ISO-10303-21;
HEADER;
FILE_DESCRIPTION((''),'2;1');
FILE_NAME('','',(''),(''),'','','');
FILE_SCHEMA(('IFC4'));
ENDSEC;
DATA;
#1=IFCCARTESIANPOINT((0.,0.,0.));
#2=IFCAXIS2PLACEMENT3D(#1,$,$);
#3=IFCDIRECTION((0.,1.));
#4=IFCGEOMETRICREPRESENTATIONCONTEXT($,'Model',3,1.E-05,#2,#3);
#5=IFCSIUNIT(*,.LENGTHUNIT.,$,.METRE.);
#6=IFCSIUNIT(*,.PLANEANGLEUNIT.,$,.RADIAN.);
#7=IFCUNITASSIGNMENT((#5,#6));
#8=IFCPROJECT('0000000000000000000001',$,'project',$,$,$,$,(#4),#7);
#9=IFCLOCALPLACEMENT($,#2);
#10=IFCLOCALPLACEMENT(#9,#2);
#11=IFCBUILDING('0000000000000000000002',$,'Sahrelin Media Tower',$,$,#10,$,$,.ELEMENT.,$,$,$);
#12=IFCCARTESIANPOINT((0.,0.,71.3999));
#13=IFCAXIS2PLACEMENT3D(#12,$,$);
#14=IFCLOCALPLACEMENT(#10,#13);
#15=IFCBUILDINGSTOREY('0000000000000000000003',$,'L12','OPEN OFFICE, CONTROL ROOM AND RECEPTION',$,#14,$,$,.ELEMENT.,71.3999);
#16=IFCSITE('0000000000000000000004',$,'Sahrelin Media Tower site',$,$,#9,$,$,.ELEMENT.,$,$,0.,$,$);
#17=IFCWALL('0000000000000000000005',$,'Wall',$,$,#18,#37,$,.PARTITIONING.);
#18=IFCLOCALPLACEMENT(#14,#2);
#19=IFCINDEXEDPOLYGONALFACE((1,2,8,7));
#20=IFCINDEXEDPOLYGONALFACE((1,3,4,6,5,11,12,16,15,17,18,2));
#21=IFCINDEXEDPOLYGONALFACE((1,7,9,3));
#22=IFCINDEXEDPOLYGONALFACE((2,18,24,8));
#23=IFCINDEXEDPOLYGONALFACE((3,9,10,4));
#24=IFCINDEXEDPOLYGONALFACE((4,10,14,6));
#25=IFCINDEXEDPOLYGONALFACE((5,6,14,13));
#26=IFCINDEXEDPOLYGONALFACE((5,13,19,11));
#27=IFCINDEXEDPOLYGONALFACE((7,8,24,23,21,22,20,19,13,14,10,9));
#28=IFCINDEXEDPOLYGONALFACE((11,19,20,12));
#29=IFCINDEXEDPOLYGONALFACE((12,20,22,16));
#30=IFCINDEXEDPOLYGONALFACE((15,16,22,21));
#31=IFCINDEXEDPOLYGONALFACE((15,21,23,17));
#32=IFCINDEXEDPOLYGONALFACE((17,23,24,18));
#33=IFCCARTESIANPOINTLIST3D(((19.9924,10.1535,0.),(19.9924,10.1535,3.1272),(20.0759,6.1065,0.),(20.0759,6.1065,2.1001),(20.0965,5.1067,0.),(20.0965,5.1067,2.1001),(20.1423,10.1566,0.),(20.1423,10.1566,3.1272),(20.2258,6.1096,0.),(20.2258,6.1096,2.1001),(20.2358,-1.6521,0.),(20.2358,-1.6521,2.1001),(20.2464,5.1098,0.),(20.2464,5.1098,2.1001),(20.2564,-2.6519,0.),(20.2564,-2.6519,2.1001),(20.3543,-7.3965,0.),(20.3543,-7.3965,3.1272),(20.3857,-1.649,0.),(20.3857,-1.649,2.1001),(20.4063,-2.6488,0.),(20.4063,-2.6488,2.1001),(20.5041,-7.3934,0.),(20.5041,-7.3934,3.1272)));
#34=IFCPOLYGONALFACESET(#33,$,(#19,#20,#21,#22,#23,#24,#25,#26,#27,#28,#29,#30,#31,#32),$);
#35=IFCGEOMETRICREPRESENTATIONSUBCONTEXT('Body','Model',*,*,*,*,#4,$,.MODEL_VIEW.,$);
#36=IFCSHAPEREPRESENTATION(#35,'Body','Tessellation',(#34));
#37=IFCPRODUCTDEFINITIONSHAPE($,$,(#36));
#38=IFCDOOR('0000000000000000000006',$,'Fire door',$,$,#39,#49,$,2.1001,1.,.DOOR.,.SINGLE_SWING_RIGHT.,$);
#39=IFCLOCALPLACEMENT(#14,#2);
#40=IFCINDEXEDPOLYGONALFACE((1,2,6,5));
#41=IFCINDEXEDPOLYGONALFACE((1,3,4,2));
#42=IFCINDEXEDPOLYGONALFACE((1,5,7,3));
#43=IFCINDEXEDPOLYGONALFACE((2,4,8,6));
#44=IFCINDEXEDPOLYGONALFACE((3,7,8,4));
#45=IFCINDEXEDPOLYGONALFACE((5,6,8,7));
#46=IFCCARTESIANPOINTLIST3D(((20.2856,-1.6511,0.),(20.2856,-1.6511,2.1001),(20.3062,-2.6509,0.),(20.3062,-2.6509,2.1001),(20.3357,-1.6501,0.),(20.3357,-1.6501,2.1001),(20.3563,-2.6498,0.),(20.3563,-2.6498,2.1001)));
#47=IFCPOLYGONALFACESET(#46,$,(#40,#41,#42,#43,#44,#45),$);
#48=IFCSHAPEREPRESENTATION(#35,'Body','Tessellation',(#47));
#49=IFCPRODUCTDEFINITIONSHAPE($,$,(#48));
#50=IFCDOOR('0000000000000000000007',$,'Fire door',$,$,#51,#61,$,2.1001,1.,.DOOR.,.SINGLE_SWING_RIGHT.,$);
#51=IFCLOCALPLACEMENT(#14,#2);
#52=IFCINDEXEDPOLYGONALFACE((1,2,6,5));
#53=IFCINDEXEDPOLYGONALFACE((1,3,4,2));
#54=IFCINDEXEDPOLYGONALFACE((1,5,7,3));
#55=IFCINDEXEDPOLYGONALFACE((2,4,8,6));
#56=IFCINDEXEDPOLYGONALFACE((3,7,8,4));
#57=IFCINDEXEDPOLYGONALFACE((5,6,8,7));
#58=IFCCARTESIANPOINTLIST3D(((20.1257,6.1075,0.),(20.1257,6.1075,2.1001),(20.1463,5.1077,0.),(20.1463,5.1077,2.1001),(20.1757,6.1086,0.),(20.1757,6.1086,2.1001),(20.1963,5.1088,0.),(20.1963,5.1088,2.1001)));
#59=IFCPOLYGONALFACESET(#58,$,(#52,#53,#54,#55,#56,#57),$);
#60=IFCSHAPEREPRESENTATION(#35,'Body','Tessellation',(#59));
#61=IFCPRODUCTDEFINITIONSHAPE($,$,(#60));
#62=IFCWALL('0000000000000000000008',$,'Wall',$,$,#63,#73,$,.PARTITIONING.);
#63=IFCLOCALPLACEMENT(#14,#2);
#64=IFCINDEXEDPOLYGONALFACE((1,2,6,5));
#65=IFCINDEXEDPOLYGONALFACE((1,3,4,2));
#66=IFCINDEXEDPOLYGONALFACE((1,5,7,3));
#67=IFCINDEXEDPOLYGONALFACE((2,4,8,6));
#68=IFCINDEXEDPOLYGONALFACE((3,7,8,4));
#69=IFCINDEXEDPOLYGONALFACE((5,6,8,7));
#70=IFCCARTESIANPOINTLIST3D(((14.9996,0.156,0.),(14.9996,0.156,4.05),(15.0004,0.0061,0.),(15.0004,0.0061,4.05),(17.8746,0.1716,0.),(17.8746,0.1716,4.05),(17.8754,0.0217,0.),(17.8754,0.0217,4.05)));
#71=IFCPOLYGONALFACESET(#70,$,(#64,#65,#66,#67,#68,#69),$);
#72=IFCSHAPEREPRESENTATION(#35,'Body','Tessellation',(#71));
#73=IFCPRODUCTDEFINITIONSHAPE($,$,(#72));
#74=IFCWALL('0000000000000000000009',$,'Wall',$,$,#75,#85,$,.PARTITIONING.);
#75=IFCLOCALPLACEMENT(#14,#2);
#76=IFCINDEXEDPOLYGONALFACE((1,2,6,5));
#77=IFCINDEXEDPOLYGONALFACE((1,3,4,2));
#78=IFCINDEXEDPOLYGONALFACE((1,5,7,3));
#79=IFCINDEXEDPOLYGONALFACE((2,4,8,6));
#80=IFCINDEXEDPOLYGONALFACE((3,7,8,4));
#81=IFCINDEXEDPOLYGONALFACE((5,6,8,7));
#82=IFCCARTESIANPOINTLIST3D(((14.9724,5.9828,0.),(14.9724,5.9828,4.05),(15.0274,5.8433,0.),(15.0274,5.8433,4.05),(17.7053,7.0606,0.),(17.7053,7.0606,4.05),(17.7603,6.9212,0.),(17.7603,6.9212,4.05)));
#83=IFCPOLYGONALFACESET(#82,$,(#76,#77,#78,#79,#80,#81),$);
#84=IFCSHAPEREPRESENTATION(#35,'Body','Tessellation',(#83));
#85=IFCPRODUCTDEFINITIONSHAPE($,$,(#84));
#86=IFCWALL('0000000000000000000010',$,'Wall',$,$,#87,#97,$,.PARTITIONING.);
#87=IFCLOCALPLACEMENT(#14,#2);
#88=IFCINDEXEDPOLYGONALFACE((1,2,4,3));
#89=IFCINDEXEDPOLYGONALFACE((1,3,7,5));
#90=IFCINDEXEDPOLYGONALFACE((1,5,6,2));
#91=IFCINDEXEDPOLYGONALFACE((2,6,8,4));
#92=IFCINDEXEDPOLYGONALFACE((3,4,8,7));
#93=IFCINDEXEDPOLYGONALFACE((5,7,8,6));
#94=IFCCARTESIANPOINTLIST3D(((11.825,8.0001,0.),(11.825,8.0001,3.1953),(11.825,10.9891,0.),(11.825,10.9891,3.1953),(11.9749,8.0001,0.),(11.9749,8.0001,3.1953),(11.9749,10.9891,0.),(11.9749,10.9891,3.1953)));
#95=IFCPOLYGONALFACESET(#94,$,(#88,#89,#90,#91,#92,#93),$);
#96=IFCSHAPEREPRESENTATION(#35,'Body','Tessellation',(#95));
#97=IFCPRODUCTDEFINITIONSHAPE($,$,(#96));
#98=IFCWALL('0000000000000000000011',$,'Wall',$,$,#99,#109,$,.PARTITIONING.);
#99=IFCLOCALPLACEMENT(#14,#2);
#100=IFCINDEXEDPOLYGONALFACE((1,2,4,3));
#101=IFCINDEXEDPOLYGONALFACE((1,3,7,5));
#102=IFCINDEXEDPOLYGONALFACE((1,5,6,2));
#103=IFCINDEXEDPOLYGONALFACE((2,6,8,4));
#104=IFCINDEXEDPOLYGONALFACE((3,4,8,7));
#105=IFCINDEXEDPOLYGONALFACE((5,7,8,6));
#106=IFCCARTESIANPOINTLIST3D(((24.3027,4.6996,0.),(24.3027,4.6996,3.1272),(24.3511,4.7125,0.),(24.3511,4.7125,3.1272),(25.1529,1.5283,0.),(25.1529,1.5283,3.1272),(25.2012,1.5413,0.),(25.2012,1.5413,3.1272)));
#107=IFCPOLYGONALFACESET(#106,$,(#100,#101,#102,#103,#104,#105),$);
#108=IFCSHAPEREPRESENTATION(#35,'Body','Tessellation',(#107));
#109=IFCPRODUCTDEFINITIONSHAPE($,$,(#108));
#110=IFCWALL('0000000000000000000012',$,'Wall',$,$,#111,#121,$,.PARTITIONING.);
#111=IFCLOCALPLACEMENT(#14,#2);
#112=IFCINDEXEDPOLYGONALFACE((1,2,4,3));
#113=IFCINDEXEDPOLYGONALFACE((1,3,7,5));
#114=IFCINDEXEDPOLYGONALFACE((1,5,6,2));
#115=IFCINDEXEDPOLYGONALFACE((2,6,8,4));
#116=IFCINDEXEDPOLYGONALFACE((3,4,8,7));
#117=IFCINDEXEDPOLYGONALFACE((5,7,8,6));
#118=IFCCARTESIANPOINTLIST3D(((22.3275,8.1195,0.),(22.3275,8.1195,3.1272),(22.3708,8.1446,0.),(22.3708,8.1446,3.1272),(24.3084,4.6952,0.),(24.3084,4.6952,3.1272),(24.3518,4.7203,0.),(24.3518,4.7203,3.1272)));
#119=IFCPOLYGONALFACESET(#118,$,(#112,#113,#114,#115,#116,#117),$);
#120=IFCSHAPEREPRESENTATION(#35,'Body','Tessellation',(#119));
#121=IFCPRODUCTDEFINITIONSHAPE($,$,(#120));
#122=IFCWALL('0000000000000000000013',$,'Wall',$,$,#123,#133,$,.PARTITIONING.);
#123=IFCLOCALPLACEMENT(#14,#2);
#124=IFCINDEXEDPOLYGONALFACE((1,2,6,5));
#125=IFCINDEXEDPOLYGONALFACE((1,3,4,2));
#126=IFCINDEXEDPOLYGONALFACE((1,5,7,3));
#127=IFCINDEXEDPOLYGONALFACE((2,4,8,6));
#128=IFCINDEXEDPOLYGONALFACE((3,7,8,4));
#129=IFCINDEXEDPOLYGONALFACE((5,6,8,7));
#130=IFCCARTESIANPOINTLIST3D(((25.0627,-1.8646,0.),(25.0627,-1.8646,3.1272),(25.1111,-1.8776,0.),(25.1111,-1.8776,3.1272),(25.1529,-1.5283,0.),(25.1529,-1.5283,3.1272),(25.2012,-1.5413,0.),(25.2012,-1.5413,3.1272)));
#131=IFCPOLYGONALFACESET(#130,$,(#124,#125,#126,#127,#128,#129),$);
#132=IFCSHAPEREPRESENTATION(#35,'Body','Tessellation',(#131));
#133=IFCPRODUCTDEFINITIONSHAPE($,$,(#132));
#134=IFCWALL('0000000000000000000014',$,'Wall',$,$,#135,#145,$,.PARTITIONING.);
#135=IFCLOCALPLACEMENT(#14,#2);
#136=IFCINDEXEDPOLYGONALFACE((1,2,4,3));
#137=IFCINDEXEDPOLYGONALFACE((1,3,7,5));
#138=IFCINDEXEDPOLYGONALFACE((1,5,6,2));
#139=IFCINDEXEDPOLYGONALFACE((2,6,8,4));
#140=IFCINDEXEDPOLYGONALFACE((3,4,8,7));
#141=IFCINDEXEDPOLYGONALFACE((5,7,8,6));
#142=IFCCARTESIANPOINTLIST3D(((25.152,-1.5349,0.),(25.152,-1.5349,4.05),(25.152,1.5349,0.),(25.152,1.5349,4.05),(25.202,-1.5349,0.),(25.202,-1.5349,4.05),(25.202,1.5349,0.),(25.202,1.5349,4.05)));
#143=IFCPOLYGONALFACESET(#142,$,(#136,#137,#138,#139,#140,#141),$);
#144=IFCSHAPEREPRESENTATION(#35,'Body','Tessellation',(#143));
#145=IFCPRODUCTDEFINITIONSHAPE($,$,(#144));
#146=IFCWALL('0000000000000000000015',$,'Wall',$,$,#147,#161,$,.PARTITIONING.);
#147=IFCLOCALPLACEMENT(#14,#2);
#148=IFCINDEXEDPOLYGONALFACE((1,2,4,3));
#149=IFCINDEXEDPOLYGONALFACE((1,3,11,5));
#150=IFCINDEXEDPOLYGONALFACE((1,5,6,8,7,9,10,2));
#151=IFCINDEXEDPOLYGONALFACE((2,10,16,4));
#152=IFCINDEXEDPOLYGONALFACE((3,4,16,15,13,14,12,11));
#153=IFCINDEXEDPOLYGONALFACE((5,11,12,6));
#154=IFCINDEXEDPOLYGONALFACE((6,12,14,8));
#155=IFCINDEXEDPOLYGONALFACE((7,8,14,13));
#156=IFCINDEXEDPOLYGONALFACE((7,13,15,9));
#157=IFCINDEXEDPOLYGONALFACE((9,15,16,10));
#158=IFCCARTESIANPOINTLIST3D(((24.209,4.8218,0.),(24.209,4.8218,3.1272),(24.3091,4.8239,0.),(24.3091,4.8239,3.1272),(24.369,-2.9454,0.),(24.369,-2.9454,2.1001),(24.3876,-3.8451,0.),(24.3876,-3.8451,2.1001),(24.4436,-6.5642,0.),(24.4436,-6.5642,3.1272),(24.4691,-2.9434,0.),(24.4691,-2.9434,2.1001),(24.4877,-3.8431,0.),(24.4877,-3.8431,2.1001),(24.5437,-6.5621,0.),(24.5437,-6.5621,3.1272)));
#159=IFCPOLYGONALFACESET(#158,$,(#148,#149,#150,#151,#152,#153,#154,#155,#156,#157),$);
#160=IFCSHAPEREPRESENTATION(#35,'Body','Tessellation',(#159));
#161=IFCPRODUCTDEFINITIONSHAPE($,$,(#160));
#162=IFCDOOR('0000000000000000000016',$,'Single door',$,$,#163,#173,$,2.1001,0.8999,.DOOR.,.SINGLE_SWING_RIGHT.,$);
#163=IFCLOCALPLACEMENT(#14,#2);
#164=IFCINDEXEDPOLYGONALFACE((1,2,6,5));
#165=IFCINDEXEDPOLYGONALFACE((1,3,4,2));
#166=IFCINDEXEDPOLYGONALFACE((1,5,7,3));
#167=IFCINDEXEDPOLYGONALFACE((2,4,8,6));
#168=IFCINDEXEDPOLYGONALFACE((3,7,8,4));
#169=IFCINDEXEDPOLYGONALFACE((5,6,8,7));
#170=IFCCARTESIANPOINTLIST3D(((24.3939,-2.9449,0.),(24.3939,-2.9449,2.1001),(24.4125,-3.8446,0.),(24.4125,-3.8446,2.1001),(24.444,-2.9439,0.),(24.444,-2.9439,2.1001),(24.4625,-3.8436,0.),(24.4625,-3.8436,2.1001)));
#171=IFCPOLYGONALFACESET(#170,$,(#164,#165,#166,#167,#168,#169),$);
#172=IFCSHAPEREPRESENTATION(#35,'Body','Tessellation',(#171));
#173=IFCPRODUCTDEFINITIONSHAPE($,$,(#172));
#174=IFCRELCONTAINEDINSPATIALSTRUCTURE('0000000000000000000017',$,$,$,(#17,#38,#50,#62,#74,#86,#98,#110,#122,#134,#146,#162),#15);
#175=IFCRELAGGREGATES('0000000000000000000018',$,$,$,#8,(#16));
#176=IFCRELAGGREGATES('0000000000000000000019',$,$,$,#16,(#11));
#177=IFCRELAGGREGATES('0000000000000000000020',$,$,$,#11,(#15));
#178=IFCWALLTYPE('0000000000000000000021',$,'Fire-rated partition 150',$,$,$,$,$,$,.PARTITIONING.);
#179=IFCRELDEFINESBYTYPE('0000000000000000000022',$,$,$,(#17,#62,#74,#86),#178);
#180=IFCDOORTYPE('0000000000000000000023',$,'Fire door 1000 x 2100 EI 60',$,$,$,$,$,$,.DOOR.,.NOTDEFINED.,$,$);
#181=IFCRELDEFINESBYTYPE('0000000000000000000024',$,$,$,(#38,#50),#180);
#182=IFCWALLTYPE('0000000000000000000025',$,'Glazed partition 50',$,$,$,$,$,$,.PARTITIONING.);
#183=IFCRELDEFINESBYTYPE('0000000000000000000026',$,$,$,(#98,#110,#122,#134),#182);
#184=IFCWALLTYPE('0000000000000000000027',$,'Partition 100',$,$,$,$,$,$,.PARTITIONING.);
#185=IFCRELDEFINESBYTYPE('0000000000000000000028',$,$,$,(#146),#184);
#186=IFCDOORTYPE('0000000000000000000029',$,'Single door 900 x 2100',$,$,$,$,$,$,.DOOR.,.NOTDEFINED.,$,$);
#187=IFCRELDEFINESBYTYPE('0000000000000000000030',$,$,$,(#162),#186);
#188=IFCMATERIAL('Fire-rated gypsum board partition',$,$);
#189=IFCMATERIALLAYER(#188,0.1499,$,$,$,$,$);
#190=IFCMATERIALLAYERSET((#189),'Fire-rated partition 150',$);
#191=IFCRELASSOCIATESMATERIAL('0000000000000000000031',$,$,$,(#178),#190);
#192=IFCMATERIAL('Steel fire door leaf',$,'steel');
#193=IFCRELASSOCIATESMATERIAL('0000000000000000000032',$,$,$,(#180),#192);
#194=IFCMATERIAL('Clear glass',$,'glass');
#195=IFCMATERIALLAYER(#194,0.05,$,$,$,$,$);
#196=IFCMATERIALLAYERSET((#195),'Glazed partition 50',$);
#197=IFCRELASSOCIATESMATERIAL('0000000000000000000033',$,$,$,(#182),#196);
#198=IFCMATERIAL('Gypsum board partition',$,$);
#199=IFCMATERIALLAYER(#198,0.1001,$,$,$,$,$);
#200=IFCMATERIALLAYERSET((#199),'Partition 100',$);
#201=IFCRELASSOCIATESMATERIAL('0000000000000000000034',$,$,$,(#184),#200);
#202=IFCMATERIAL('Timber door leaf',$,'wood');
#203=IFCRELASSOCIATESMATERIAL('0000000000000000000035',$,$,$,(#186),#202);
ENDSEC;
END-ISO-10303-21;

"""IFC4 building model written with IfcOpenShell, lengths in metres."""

from ifc_helpers import new_model, si_unit, direction, frame, frame_2d, origin, place, context, subcontext, project, spatial, rectangle, extrude, material, layer, layer_set, type_object, element, fill, save


model = new_model("IFC4")

# Units and contexts
model_context = context("Model", 3, precision=1e-05, world=origin(), true_north=direction((0.0, 1.0)))
body_context = subcontext(model_context, "Body", "Model", "MODEL_VIEW")
ifc_project = project(units=[si_unit("LENGTHUNIT", "METRE"), si_unit("PLANEANGLEUNIT", "RADIAN")], contexts=[model_context])

# Site, building, storey
site_placement = place(None, origin())
site = spatial("IfcSite", under=ifc_project, at=site_placement, Name="Sahrelin Media Tower site", CompositionType="ELEMENT", RefElevation=0.0)
building_placement = place(site_placement, origin())
building = spatial("IfcBuilding", under=site, at=building_placement, Name="Sahrelin Media Tower", CompositionType="ELEMENT")
storey_placement = place(building_placement, frame((0.0, 0.0, 71.3999)))
storey = spatial("IfcBuildingStorey", under=building, at=storey_placement, Name="L12", Description="OPEN OFFICE, CONTROL ROOM AND RECEPTION", CompositionType="ELEMENT", Elevation=71.3999)

# Wall, openings, doors
ifc_material_1 = material(Name="Fire-rated gypsum board partition")
ifc_layer_1 = layer(ifc_material_1, 0.1499)
ifc_layer_set_1 = layer_set([ifc_layer_1], Name="Fire-rated partition 150")
wall_type_1 = type_object("IfcWallType", Name="Fire-rated partition 150", PredefinedType="PARTITIONING", material=ifc_layer_set_1)
ifc_material_2 = material(Name="Steel fire door leaf", Category="steel")
door_type_1 = type_object("IfcDoorType", Name="Fire door 1000 x 2100 EI 60", OperationType="NOTDEFINED", PredefinedType="DOOR", material=ifc_material_2)
wall_1_placement = place(storey_placement, frame((20.0674, 10.155, 0.0), z_axis=(0.0, 0.0, 1.0), x_axis=(0.020612, -0.999788, 0.0)))
wall_1 = element("IfcWall", 1, at=wall_1_placement, inside=storey, type_object=wall_type_1, Name="Wall", PredefinedType="PARTITIONING", context=body_context, shape_type="SweptSolid", body=[
    extrude(rectangle(XDim=17.5537, YDim=0.1499, at=frame_2d((8.7769, 0.0))), origin(), (0.0, 0.0, 1.0), 3.1272),
])
opening_1_placement = place(wall_1_placement, frame((11.8081, 0.0, 0.0)))
opening_1 = element("IfcOpeningElement", 2, at=opening_1_placement, cuts=wall_1, PredefinedType="OPENING", context=body_context, shape_type="SweptSolid", body=[
    extrude(rectangle(XDim=1.0, YDim=2.1001, at=frame_2d((0.5, 1.05))), frame((0.0, 0.075, 0.0), z_axis=(0.0, -1.0, 0.0), x_axis=(1.0, 0.0, 0.0)), (0.0, 0.0, 1.0), 0.1499),
])
opening_2_placement = place(wall_1_placement, frame((4.0479, 0.0, 0.0)))
opening_2 = element("IfcOpeningElement", 3, at=opening_2_placement, cuts=wall_1, PredefinedType="OPENING", context=body_context, shape_type="SweptSolid", body=[
    extrude(rectangle(XDim=1.0, YDim=2.1001, at=frame_2d((0.5, 1.05))), frame((0.0, 0.075, 0.0), z_axis=(0.0, -1.0, 0.0), x_axis=(1.0, 0.0, 0.0)), (0.0, 0.0, 1.0), 0.1499),
])
door_1_placement = place(opening_1_placement, origin())
door_1 = element("IfcDoor", 4, at=door_1_placement, inside=storey, type_object=door_type_1, Name="Fire door", OperationType="SINGLE_SWING_RIGHT", OverallHeight=2.1001, OverallWidth=1.0, PredefinedType="DOOR", context=body_context, shape_type="SweptSolid", body=[
    extrude(rectangle(XDim=1.0, YDim=2.1001, at=frame_2d((0.5, 1.05))), frame((0.0, 0.0249, 0.0), z_axis=(0.0, -1.0, 0.0), x_axis=(1.0, 0.0, 0.0)), (0.0, 0.0, 1.0), 0.05),
])
fill(opening_1, door_1)
door_2_placement = place(opening_2_placement, origin())
door_2 = element("IfcDoor", 5, at=door_2_placement, inside=storey, type_object=door_type_1, Name="Fire door", OperationType="SINGLE_SWING_RIGHT", OverallHeight=2.1001, OverallWidth=1.0, PredefinedType="DOOR", context=body_context, shape_type="SweptSolid", body=[
    extrude(rectangle(XDim=1.0, YDim=2.1001, at=frame_2d((0.5, 1.05))), frame((0.0, 0.0249, 0.0), z_axis=(0.0, -1.0, 0.0), x_axis=(1.0, 0.0, 0.0)), (0.0, 0.0, 1.0), 0.05),
])
fill(opening_2, door_2)

# Walls
wall_2_placement = place(storey_placement, frame((15.0, 0.0811, 0.0), z_axis=(0.0, 0.0, 1.0), x_axis=(0.999985, 0.005435, 0.0)))
element("IfcWall", 6, at=wall_2_placement, inside=storey, type_object=wall_type_1, Name="Wall", PredefinedType="PARTITIONING", context=body_context, shape_type="SweptSolid", body=[
    extrude(rectangle(XDim=2.875, YDim=0.1499, at=frame_2d((1.4375, 0.0))), origin(), (0.0, 0.0, 1.0), 4.05),
])
wall_3_placement = place(storey_placement, frame((15.0, 5.9131, 0.0), z_axis=(0.0, 0.0, 1.0), x_axis=(0.93026, 0.366902, 0.0)))
element("IfcWall", 7, at=wall_3_placement, inside=storey, type_object=wall_type_1, Name="Wall", PredefinedType="PARTITIONING", context=body_context, shape_type="SweptSolid", body=[
    extrude(rectangle(XDim=2.9377, YDim=0.1499, at=frame_2d((1.4688, 0.0))), origin(), (0.0, 0.0, 1.0), 4.05),
])
wall_4_placement = place(storey_placement, frame((11.8999, 8.0, 0.0), z_axis=(0.0, 0.0, 1.0), x_axis=(0.0, 1.0, 0.0)))
element("IfcWall", 8, at=wall_4_placement, inside=storey, type_object=wall_type_1, Name="Wall", PredefinedType="PARTITIONING", context=body_context, shape_type="SweptSolid", body=[
    extrude(rectangle(XDim=2.989, YDim=0.1499, at=frame_2d((1.4946, 0.0))), origin(), (0.0, 0.0, 1.0), 3.1953),
])
ifc_material_3 = material(Name="Clear glass", Category="glass")
ifc_layer_2 = layer(ifc_material_3, 0.05)
ifc_layer_set_2 = layer_set([ifc_layer_2], Name="Glazed partition 50")
wall_type_2 = type_object("IfcWallType", Name="Glazed partition 50", PredefinedType="PARTITIONING", material=ifc_layer_set_2)
wall_5_placement = place(storey_placement, frame((24.3269, 4.7061, 0.0), z_axis=(0.0, 0.0, 1.0), x_axis=(0.258931, -0.965896, 0.0)))
element("IfcWall", 9, at=wall_5_placement, inside=storey, type_object=wall_type_2, Name="Wall", PredefinedType="PARTITIONING", context=body_context, shape_type="SweptSolid", body=[
    extrude(rectangle(XDim=3.2832, YDim=0.05, at=frame_2d((1.6416, 0.0))), origin(), (0.0, 0.0, 1.0), 3.1272),
])
wall_6_placement = place(storey_placement, frame((22.3491, 8.1321, 0.0), z_axis=(0.0, 0.0, 1.0), x_axis=(0.500744, -0.865595, 0.0)))
element("IfcWall", 10, at=wall_6_placement, inside=storey, type_object=wall_type_2, Name="Wall", PredefinedType="PARTITIONING", context=body_context, shape_type="SweptSolid", body=[
    extrude(rectangle(XDim=3.9561, YDim=0.05, at=frame_2d((1.978, 0.0))), origin(), (0.0, 0.0, 1.0), 3.1272),
])
wall_7_placement = place(storey_placement, frame((25.0869, -1.8711, 0.0), z_axis=(0.0, 0.0, 1.0), x_axis=(0.258841, 0.96592, 0.0)))
element("IfcWall", 11, at=wall_7_placement, inside=storey, type_object=wall_type_2, Name="Wall", PredefinedType="PARTITIONING", context=body_context, shape_type="SweptSolid", body=[
    extrude(rectangle(XDim=0.3481, YDim=0.05, at=frame_2d((0.1741, 0.0))), origin(), (0.0, 0.0, 1.0), 3.1272),
])
wall_8_placement = place(storey_placement, frame((25.177, -1.5349, 0.0), z_axis=(0.0, 0.0, 1.0), x_axis=(0.0, 1.0, 0.0)))
element("IfcWall", 12, at=wall_8_placement, inside=storey, type_object=wall_type_2, Name="Wall", PredefinedType="PARTITIONING", context=body_context, shape_type="SweptSolid", body=[
    extrude(rectangle(XDim=3.0698, YDim=0.05, at=frame_2d((1.5349, 0.0))), origin(), (0.0, 0.0, 1.0), 4.05),
])

# Wall, opening, door
ifc_material_4 = material(Name="Gypsum board partition")
ifc_layer_3 = layer(ifc_material_4, 0.1001)
ifc_layer_set_3 = layer_set([ifc_layer_3], Name="Partition 100")
wall_type_3 = type_object("IfcWallType", Name="Partition 100", PredefinedType="PARTITIONING", material=ifc_layer_set_3)
wall_9_placement = place(storey_placement, frame((24.259, 4.823, 0.0), z_axis=(0.0, 0.0, 1.0), x_axis=(0.020602, -0.999788, 0.0)))
wall_9 = element("IfcWall", 13, at=wall_9_placement, inside=storey, type_object=wall_type_3, Name="Wall", PredefinedType="PARTITIONING", context=body_context, shape_type="SweptSolid", body=[
    extrude(rectangle(XDim=11.3884, YDim=0.1001, at=frame_2d((5.6943, 0.0))), origin(), (0.0, 0.0, 1.0), 3.1272),
])
opening_3_placement = place(wall_9_placement, frame((7.769, 0.0, 0.0)))
opening_3 = element("IfcOpeningElement", 14, at=opening_3_placement, cuts=wall_9, PredefinedType="OPENING", context=body_context, shape_type="SweptSolid", body=[
    extrude(rectangle(XDim=0.8999, YDim=2.1001, at=frame_2d((0.45, 1.05))), frame((0.0, 0.05, 0.0), z_axis=(0.0, -1.0, 0.0), x_axis=(1.0, 0.0, 0.0)), (0.0, 0.0, 1.0), 0.1001),
])
ifc_material_5 = material(Name="Timber door leaf", Category="wood")
door_type_2 = type_object("IfcDoorType", Name="Single door 900 x 2100", OperationType="NOTDEFINED", PredefinedType="DOOR", material=ifc_material_5)
door_3_placement = place(opening_3_placement, origin())
door_3 = element("IfcDoor", 15, at=door_3_placement, inside=storey, type_object=door_type_2, Name="Single door", OperationType="SINGLE_SWING_RIGHT", OverallHeight=2.1001, OverallWidth=0.8999, PredefinedType="DOOR", context=body_context, shape_type="SweptSolid", body=[
    extrude(rectangle(XDim=0.8999, YDim=2.1001, at=frame_2d((0.45, 1.05))), frame((0.0, 0.0249, 0.0), z_axis=(0.0, -1.0, 0.0), x_axis=(1.0, 0.0, 0.0)), (0.0, 0.0, 1.0), 0.05),
])
fill(opening_3, door_3)

save(model, "model.ifc")
